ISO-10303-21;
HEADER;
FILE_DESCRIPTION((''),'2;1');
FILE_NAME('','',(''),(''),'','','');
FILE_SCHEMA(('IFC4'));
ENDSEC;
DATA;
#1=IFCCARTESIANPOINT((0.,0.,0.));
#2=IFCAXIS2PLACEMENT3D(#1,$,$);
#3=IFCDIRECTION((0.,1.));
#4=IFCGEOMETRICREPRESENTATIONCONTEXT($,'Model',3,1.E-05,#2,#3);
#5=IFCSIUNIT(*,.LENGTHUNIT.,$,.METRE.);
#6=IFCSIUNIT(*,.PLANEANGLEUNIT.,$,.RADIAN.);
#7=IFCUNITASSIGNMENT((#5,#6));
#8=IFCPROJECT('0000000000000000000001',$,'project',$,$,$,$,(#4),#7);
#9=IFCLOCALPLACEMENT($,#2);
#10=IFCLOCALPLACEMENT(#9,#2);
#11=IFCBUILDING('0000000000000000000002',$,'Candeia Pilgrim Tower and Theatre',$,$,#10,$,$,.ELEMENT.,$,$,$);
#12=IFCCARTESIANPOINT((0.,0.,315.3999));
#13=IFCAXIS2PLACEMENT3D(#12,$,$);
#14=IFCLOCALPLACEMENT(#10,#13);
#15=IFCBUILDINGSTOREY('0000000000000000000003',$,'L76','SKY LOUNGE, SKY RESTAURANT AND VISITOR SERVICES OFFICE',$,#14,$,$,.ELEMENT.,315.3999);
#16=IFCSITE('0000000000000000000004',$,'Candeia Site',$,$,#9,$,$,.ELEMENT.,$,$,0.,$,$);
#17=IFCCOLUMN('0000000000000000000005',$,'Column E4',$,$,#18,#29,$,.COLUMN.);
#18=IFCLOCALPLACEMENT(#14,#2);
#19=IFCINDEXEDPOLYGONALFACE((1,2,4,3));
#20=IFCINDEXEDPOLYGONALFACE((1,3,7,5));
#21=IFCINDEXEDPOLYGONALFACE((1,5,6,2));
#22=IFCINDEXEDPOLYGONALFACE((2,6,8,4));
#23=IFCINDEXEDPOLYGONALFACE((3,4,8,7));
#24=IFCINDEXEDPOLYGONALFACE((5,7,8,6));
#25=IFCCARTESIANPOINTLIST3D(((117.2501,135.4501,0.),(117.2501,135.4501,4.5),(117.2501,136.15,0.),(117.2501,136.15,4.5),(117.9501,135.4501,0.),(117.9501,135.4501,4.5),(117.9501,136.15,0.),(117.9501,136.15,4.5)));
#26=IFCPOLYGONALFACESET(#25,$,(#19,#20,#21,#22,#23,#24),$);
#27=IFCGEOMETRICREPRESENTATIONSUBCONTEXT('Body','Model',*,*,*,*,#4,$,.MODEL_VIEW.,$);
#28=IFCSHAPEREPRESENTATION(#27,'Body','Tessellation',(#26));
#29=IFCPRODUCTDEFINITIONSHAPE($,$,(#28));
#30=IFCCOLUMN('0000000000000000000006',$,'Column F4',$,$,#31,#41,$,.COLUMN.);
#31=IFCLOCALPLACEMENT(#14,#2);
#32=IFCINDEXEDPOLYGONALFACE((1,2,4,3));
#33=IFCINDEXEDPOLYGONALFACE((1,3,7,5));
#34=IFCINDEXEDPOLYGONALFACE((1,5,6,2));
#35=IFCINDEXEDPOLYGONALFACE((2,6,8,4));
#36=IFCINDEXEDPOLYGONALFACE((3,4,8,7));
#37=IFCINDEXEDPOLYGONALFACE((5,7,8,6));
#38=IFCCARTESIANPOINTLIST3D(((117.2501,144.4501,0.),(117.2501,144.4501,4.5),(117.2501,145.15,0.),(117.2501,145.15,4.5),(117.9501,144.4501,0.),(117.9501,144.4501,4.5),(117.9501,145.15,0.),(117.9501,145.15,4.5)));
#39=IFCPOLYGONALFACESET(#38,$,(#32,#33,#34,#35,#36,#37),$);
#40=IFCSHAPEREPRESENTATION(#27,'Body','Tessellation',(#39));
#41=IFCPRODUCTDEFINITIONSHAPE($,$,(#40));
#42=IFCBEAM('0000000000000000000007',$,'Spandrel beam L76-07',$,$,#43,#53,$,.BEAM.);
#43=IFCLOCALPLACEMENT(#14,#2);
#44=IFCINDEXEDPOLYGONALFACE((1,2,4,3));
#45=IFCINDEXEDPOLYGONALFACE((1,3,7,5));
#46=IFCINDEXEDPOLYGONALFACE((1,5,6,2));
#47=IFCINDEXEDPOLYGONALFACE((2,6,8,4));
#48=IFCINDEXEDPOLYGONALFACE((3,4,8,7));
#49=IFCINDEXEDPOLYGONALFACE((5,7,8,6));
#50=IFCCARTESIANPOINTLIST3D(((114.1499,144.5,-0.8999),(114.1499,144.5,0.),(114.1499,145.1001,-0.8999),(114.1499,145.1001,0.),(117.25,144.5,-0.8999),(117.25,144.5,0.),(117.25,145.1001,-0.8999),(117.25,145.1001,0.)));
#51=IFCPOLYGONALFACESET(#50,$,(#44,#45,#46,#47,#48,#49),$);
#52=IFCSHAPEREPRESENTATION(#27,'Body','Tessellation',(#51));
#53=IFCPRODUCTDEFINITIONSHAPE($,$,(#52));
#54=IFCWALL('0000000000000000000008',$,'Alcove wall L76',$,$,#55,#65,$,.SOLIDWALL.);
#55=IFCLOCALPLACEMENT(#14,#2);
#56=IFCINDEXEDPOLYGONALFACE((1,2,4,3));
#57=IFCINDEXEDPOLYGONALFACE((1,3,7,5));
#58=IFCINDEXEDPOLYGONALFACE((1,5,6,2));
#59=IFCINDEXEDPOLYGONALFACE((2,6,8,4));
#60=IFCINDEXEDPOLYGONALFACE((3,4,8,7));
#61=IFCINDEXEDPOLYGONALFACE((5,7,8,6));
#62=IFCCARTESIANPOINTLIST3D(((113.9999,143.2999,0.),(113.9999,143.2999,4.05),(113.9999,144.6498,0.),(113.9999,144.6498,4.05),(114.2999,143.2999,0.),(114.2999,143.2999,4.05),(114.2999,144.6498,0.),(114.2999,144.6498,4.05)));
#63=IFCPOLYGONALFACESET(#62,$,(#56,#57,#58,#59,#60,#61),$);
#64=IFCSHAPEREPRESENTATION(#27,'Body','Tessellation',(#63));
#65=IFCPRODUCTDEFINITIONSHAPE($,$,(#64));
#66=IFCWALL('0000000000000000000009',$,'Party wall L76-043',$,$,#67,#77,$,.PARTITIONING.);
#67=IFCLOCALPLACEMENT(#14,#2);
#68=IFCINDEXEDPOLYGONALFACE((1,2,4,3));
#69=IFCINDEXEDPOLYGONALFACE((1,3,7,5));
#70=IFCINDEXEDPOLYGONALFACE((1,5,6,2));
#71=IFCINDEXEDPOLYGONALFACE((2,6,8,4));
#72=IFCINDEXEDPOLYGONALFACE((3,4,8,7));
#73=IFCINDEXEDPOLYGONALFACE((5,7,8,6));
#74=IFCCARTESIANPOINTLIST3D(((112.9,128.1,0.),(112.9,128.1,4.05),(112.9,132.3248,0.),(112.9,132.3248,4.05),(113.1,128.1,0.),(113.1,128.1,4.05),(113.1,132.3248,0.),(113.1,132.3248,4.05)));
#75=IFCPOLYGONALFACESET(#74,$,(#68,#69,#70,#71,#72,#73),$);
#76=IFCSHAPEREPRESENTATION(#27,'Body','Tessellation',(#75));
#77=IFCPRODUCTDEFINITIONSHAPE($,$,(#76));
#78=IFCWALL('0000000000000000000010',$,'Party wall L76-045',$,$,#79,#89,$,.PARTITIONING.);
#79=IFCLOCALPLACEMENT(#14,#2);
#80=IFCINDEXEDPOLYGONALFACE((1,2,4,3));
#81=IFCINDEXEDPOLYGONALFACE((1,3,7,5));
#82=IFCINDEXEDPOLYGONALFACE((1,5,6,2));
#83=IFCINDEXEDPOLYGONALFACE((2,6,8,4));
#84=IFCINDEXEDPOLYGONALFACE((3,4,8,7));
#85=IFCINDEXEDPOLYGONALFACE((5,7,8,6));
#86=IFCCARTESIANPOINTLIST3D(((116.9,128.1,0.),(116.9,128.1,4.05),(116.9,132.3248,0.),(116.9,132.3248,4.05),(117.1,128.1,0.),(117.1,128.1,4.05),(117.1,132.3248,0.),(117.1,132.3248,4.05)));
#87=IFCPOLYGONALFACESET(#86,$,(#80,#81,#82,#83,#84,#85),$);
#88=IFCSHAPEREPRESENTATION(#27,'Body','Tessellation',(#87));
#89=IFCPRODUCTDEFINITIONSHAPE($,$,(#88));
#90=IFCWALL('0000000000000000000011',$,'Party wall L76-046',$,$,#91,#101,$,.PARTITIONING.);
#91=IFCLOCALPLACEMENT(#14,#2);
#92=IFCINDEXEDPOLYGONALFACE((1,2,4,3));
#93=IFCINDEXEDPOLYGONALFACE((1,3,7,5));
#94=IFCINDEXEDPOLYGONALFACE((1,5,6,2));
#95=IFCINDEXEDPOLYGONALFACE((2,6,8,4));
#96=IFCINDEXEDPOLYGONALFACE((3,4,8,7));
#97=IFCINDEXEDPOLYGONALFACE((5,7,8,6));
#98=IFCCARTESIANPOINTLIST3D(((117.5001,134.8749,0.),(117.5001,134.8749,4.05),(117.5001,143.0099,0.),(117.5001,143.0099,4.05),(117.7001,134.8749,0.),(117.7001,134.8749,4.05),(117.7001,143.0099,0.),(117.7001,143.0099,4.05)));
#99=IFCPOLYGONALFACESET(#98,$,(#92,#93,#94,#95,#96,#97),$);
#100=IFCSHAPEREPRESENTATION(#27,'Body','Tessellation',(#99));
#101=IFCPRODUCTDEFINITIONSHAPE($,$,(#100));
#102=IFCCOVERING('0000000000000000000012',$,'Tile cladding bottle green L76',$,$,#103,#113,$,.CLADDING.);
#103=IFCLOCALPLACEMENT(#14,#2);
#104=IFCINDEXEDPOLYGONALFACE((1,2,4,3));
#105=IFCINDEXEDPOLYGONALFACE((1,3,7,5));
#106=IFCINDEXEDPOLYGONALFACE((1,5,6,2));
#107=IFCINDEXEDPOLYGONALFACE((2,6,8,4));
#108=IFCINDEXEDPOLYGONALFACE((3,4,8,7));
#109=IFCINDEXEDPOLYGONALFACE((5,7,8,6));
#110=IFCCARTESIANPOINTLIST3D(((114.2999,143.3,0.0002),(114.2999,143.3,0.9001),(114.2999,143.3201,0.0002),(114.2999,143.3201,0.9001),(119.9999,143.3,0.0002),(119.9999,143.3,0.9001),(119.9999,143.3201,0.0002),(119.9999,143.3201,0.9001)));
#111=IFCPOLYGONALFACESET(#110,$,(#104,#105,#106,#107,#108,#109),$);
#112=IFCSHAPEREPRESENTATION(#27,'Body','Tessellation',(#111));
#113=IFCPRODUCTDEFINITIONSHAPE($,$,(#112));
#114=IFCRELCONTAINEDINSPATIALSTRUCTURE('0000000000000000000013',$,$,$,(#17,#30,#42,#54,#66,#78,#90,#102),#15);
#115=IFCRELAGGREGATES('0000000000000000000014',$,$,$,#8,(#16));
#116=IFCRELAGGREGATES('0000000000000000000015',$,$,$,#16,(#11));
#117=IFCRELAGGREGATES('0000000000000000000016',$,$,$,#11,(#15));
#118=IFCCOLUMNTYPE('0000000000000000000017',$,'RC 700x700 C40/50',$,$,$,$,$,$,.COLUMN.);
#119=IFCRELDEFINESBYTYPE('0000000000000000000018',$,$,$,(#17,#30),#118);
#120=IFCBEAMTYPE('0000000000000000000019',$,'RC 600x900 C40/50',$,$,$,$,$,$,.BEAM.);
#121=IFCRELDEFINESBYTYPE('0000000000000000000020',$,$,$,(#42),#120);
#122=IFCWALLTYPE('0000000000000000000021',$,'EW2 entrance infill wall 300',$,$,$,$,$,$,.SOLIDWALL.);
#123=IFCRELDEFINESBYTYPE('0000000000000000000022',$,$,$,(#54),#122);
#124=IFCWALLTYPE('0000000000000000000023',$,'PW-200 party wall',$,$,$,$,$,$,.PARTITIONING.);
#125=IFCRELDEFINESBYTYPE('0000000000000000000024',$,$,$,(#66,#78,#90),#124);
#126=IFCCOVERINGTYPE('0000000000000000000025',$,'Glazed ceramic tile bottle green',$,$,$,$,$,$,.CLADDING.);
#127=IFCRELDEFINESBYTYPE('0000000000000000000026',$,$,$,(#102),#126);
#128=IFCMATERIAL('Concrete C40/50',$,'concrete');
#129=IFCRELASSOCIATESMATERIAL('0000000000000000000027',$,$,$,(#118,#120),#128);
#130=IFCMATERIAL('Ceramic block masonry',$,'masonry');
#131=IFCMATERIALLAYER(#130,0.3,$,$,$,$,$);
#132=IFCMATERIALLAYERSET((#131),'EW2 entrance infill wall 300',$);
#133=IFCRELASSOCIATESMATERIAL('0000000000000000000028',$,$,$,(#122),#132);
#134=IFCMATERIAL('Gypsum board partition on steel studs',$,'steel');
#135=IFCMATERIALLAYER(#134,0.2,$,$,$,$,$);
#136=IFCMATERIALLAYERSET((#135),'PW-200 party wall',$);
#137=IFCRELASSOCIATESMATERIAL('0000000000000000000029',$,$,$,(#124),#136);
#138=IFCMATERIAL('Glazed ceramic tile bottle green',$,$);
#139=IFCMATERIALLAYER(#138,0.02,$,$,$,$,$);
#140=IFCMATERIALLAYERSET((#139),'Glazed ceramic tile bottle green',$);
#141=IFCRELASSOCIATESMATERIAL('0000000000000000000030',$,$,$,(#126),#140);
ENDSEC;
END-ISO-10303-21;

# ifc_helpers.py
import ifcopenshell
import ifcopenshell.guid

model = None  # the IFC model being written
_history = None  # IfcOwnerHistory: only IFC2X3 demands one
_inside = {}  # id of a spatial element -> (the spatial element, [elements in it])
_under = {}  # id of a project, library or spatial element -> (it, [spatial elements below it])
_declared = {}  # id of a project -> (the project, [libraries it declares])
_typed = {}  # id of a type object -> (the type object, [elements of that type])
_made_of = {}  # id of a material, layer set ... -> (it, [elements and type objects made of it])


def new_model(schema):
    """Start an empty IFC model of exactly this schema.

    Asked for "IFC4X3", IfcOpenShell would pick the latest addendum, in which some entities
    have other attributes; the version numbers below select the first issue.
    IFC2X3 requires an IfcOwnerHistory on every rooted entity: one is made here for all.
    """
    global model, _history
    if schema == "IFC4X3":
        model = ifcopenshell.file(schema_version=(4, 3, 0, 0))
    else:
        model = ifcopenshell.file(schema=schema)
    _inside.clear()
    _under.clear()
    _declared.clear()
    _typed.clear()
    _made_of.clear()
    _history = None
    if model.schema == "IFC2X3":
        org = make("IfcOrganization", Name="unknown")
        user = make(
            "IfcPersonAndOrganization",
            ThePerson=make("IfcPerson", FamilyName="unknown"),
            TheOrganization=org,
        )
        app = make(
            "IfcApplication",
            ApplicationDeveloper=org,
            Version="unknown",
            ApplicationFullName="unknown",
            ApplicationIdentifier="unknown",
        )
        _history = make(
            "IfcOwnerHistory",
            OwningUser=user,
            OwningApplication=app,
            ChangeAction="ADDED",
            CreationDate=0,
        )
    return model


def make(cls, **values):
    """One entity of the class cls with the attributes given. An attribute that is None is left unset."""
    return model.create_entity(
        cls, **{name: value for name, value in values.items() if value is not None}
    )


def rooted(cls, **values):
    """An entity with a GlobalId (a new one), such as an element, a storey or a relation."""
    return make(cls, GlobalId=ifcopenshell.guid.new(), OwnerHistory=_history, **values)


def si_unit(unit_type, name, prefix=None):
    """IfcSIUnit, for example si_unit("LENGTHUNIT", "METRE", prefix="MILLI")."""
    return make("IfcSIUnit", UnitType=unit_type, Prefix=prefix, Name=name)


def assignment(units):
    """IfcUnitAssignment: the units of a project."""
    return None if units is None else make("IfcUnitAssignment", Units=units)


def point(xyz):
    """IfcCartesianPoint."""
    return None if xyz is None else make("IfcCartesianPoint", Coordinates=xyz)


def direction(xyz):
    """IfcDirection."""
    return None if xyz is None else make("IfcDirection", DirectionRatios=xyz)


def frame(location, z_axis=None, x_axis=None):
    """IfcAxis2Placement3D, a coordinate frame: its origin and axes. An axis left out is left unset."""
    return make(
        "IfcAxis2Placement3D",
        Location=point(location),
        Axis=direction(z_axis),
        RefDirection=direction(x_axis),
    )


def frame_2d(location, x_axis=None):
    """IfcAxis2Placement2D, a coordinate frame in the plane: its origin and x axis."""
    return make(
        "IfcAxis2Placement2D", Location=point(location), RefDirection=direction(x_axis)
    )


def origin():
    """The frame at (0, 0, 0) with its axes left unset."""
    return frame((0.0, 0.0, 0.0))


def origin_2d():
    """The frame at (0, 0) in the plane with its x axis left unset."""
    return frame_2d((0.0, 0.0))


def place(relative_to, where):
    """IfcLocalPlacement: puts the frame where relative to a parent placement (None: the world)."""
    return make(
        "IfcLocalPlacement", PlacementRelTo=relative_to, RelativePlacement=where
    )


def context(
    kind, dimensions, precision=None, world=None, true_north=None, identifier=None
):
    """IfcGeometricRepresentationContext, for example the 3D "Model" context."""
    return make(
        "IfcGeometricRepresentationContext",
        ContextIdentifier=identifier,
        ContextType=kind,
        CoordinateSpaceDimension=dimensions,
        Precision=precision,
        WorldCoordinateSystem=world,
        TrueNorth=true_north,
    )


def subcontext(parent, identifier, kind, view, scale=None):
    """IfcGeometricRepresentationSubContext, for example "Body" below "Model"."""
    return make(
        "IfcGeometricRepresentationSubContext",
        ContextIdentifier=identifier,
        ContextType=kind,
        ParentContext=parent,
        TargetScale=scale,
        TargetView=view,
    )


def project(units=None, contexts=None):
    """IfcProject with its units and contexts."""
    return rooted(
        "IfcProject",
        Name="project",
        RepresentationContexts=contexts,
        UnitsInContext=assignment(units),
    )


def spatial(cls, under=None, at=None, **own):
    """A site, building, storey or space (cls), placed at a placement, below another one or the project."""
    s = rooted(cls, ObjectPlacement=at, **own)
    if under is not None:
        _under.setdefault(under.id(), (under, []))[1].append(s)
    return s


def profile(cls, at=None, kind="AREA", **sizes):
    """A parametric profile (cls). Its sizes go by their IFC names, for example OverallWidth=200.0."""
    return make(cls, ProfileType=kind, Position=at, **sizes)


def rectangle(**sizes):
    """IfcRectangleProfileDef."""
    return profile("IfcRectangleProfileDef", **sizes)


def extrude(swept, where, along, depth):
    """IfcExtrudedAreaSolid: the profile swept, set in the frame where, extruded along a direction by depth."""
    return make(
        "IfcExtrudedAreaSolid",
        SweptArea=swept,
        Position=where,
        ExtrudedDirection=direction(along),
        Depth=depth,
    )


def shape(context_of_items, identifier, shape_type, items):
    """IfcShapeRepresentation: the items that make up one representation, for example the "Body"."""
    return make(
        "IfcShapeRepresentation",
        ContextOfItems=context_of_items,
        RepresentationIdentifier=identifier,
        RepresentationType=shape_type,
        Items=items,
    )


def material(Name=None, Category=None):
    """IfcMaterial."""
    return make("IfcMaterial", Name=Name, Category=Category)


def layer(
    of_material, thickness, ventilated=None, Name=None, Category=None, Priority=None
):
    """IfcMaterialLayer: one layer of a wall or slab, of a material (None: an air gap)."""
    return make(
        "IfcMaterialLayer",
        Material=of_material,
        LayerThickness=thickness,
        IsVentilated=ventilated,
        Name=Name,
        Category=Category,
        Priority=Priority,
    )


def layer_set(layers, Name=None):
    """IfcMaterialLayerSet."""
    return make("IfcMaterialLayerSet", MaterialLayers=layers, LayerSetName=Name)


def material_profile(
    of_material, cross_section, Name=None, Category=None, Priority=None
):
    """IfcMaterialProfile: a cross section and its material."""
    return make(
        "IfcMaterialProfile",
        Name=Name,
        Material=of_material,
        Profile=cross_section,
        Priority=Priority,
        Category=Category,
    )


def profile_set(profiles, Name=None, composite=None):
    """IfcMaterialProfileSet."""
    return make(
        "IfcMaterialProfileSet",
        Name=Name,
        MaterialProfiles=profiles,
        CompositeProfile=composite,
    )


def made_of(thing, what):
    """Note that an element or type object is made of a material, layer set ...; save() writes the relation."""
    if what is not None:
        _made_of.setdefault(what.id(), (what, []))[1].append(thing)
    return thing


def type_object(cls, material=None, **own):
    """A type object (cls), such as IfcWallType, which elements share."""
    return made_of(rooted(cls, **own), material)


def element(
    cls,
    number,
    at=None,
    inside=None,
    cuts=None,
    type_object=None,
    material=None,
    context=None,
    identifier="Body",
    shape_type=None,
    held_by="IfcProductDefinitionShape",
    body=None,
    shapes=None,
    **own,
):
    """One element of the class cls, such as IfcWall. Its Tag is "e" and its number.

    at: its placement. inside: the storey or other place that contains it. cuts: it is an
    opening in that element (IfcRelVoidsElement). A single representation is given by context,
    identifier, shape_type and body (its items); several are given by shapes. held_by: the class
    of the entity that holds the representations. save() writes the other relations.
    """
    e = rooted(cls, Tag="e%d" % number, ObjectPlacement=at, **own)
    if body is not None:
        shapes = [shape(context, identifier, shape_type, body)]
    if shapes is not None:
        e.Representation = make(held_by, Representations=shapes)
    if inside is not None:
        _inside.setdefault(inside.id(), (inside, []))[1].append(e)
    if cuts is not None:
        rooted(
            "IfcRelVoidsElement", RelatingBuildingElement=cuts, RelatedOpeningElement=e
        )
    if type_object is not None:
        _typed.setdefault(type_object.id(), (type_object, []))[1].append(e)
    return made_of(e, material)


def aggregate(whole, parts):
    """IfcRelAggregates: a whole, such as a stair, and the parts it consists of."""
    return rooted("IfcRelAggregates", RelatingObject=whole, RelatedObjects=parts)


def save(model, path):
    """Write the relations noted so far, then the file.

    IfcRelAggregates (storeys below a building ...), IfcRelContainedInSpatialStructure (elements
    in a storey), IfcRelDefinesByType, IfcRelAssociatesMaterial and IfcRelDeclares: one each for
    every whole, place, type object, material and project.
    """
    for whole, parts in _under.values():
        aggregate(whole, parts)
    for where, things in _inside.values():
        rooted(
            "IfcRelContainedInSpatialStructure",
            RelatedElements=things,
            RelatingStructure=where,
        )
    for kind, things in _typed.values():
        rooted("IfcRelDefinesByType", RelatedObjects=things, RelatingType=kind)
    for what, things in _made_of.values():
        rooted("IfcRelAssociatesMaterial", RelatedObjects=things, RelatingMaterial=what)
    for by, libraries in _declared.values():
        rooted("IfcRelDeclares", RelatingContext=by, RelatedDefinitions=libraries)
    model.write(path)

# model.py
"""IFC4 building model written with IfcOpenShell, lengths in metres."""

from ifc_helpers import new_model, si_unit, direction, frame, frame_2d, origin, origin_2d, place, context, subcontext, project, spatial, rectangle, extrude, material, layer, layer_set, material_profile, profile_set, type_object, element, save


model = new_model("IFC4")

# Units and contexts
model_context = context("Model", 3, precision=1e-05, world=origin(), true_north=direction((0.0, 1.0)))
body_context = subcontext(model_context, "Body", "Model", "MODEL_VIEW")
ifc_project = project(units=[si_unit("LENGTHUNIT", "METRE"), si_unit("PLANEANGLEUNIT", "RADIAN")], contexts=[model_context])

# Site, building, storey
site_placement = place(None, origin())
site = spatial("IfcSite", under=ifc_project, at=site_placement, Name="Candeia Site", CompositionType="ELEMENT", RefElevation=0.0)
building_placement = place(site_placement, origin())
building = spatial("IfcBuilding", under=site, at=building_placement, Name="Candeia Pilgrim Tower and Theatre", CompositionType="ELEMENT")
storey_placement = place(building_placement, frame((0.0, 0.0, 315.3999)))
storey = spatial("IfcBuildingStorey", under=building, at=storey_placement, Name="L76", Description="SKY LOUNGE, SKY RESTAURANT AND VISITOR SERVICES OFFICE", CompositionType="ELEMENT", Elevation=315.3999)

# Columns
ifc_material_1 = material(Name="Concrete C40/50", Category="concrete")
ifc_material_profile_1 = material_profile(ifc_material_1, rectangle(XDim=0.7, YDim=0.7, at=origin_2d()))
ifc_profile_set_1 = profile_set([ifc_material_profile_1], Name="Concrete C40/50")
column_type = type_object("IfcColumnType", Name="RC 700x700 C40/50", PredefinedType="COLUMN", material=ifc_profile_set_1)
for number, where, z_axis, x_axis, name in (
    (1, (117.6001, 135.8, 0.0), (0.0, 0.0, 1.0), (1.0, 0.0, 0.0), "Column E4"),
    (2, (117.6001, 144.8, 0.0), (0.0, 0.0, 1.0), (1.0, 0.0, 0.0), "Column F4"),
):
    element("IfcColumn", number, at=place(storey_placement, frame(where, z_axis=z_axis, x_axis=x_axis)), inside=storey, type_object=column_type, Name=name, PredefinedType="COLUMN", context=body_context, shape_type="SweptSolid", body=[
        extrude(rectangle(XDim=0.7, YDim=0.7, at=origin_2d()), origin(), (0.0, 0.0, 1.0), 4.5),
    ])

# Beam
ifc_material_profile_2 = material_profile(ifc_material_1, rectangle(XDim=0.6001, YDim=0.8999, at=origin_2d()))
ifc_profile_set_2 = profile_set([ifc_material_profile_2], Name="Concrete C40/50")
beam_type = type_object("IfcBeamType", Name="RC 600x900 C40/50", PredefinedType="BEAM", material=ifc_profile_set_2)
beam_placement = place(storey_placement, frame((114.1499, 144.8, -0.45), z_axis=(1.0, 0.0, 0.0), x_axis=(0.0, 1.0, 0.0)))
element("IfcBeam", 3, at=beam_placement, inside=storey, type_object=beam_type, Name="Spandrel beam L76-07", PredefinedType="BEAM", context=body_context, shape_type="SweptSolid", body=[
    extrude(rectangle(XDim=0.6001, YDim=0.8999, at=origin_2d()), origin(), (0.0, 0.0, 1.0), 3.1001),
])

# Wall
ifc_material_2 = material(Name="Ceramic block masonry", Category="masonry")
ifc_layer_1 = layer(ifc_material_2, 0.3)
ifc_layer_set_1 = layer_set([ifc_layer_1], Name="EW2 entrance infill wall 300")
wall_type_1 = type_object("IfcWallType", Name="EW2 entrance infill wall 300", PredefinedType="SOLIDWALL", material=ifc_layer_set_1)
wall_1_placement = place(storey_placement, frame((114.1499, 143.3, 0.0), z_axis=(0.0, 0.0, 1.0), x_axis=(0.0, 1.0, 0.0)))
element("IfcWall", 4, at=wall_1_placement, inside=storey, type_object=wall_type_1, Name="Alcove wall L76", PredefinedType="SOLIDWALL", context=body_context, shape_type="SweptSolid", body=[
    extrude(rectangle(XDim=1.3499, YDim=0.3, at=frame_2d((0.6748, 0.0))), origin(), (0.0, 0.0, 1.0), 4.05),
])

# Walls
ifc_material_3 = material(Name="Gypsum board partition on steel studs", Category="steel")
ifc_layer_2 = layer(ifc_material_3, 0.2)
ifc_layer_set_2 = layer_set([ifc_layer_2], Name="PW-200 party wall")
wall_type_2 = type_object("IfcWallType", Name="PW-200 party wall", PredefinedType="PARTITIONING", material=ifc_layer_set_2)
for number, where, z_axis, x_axis, name in (
    (5, (113.0, 128.1001, 0.0), (0.0, 0.0, 1.0), (0.0, 1.0, 0.0), "Party wall L76-043"),
    (6, (117.0, 128.1001, 0.0), (0.0, 0.0, 1.0), (0.0, 1.0, 0.0), "Party wall L76-045"),
):
    element("IfcWall", number, at=place(storey_placement, frame(where, z_axis=z_axis, x_axis=x_axis)), inside=storey, type_object=wall_type_2, Name=name, PredefinedType="PARTITIONING", context=body_context, shape_type="SweptSolid", body=[
        extrude(rectangle(XDim=4.2249, YDim=0.2, at=frame_2d((2.1123, 0.0))), origin(), (0.0, 0.0, 1.0), 4.05),
    ])
wall_2_placement = place(storey_placement, frame((117.6001, 134.875, 0.0), z_axis=(0.0, 0.0, 1.0), x_axis=(0.0, 1.0, 0.0)))
element("IfcWall", 7, at=wall_2_placement, inside=storey, type_object=wall_type_2, Name="Party wall L76-046", PredefinedType="PARTITIONING", context=body_context, shape_type="SweptSolid", body=[
    extrude(rectangle(XDim=8.135, YDim=0.2, at=frame_2d((4.0674, 0.0))), origin(), (0.0, 0.0, 1.0), 4.05),
])

# Covering
ifc_material_4 = material(Name="Glazed ceramic tile bottle green")
ifc_layer_3 = layer(ifc_material_4, 0.02)
ifc_layer_set_3 = layer_set([ifc_layer_3], Name="Glazed ceramic tile bottle green")
covering_type = type_object("IfcCoveringType", Name="Glazed ceramic tile bottle green", PredefinedType="CLADDING", material=ifc_layer_set_3)
covering_placement = place(storey_placement, frame((117.1499, 143.3101, 0.0002), z_axis=(0.0, 0.0, 1.0), x_axis=(-1.0, 0.0, 0.0)))
element("IfcCovering", 8, at=covering_placement, inside=storey, type_object=covering_type, Name="Tile cladding bottle green L76", PredefinedType="CLADDING", context=body_context, shape_type="SweptSolid", body=[
    extrude(rectangle(XDim=5.7, YDim=0.02, at=origin_2d()), origin(), (0.0, 0.0, 1.0), 0.8999),
])

save(model, "model.ifc")
